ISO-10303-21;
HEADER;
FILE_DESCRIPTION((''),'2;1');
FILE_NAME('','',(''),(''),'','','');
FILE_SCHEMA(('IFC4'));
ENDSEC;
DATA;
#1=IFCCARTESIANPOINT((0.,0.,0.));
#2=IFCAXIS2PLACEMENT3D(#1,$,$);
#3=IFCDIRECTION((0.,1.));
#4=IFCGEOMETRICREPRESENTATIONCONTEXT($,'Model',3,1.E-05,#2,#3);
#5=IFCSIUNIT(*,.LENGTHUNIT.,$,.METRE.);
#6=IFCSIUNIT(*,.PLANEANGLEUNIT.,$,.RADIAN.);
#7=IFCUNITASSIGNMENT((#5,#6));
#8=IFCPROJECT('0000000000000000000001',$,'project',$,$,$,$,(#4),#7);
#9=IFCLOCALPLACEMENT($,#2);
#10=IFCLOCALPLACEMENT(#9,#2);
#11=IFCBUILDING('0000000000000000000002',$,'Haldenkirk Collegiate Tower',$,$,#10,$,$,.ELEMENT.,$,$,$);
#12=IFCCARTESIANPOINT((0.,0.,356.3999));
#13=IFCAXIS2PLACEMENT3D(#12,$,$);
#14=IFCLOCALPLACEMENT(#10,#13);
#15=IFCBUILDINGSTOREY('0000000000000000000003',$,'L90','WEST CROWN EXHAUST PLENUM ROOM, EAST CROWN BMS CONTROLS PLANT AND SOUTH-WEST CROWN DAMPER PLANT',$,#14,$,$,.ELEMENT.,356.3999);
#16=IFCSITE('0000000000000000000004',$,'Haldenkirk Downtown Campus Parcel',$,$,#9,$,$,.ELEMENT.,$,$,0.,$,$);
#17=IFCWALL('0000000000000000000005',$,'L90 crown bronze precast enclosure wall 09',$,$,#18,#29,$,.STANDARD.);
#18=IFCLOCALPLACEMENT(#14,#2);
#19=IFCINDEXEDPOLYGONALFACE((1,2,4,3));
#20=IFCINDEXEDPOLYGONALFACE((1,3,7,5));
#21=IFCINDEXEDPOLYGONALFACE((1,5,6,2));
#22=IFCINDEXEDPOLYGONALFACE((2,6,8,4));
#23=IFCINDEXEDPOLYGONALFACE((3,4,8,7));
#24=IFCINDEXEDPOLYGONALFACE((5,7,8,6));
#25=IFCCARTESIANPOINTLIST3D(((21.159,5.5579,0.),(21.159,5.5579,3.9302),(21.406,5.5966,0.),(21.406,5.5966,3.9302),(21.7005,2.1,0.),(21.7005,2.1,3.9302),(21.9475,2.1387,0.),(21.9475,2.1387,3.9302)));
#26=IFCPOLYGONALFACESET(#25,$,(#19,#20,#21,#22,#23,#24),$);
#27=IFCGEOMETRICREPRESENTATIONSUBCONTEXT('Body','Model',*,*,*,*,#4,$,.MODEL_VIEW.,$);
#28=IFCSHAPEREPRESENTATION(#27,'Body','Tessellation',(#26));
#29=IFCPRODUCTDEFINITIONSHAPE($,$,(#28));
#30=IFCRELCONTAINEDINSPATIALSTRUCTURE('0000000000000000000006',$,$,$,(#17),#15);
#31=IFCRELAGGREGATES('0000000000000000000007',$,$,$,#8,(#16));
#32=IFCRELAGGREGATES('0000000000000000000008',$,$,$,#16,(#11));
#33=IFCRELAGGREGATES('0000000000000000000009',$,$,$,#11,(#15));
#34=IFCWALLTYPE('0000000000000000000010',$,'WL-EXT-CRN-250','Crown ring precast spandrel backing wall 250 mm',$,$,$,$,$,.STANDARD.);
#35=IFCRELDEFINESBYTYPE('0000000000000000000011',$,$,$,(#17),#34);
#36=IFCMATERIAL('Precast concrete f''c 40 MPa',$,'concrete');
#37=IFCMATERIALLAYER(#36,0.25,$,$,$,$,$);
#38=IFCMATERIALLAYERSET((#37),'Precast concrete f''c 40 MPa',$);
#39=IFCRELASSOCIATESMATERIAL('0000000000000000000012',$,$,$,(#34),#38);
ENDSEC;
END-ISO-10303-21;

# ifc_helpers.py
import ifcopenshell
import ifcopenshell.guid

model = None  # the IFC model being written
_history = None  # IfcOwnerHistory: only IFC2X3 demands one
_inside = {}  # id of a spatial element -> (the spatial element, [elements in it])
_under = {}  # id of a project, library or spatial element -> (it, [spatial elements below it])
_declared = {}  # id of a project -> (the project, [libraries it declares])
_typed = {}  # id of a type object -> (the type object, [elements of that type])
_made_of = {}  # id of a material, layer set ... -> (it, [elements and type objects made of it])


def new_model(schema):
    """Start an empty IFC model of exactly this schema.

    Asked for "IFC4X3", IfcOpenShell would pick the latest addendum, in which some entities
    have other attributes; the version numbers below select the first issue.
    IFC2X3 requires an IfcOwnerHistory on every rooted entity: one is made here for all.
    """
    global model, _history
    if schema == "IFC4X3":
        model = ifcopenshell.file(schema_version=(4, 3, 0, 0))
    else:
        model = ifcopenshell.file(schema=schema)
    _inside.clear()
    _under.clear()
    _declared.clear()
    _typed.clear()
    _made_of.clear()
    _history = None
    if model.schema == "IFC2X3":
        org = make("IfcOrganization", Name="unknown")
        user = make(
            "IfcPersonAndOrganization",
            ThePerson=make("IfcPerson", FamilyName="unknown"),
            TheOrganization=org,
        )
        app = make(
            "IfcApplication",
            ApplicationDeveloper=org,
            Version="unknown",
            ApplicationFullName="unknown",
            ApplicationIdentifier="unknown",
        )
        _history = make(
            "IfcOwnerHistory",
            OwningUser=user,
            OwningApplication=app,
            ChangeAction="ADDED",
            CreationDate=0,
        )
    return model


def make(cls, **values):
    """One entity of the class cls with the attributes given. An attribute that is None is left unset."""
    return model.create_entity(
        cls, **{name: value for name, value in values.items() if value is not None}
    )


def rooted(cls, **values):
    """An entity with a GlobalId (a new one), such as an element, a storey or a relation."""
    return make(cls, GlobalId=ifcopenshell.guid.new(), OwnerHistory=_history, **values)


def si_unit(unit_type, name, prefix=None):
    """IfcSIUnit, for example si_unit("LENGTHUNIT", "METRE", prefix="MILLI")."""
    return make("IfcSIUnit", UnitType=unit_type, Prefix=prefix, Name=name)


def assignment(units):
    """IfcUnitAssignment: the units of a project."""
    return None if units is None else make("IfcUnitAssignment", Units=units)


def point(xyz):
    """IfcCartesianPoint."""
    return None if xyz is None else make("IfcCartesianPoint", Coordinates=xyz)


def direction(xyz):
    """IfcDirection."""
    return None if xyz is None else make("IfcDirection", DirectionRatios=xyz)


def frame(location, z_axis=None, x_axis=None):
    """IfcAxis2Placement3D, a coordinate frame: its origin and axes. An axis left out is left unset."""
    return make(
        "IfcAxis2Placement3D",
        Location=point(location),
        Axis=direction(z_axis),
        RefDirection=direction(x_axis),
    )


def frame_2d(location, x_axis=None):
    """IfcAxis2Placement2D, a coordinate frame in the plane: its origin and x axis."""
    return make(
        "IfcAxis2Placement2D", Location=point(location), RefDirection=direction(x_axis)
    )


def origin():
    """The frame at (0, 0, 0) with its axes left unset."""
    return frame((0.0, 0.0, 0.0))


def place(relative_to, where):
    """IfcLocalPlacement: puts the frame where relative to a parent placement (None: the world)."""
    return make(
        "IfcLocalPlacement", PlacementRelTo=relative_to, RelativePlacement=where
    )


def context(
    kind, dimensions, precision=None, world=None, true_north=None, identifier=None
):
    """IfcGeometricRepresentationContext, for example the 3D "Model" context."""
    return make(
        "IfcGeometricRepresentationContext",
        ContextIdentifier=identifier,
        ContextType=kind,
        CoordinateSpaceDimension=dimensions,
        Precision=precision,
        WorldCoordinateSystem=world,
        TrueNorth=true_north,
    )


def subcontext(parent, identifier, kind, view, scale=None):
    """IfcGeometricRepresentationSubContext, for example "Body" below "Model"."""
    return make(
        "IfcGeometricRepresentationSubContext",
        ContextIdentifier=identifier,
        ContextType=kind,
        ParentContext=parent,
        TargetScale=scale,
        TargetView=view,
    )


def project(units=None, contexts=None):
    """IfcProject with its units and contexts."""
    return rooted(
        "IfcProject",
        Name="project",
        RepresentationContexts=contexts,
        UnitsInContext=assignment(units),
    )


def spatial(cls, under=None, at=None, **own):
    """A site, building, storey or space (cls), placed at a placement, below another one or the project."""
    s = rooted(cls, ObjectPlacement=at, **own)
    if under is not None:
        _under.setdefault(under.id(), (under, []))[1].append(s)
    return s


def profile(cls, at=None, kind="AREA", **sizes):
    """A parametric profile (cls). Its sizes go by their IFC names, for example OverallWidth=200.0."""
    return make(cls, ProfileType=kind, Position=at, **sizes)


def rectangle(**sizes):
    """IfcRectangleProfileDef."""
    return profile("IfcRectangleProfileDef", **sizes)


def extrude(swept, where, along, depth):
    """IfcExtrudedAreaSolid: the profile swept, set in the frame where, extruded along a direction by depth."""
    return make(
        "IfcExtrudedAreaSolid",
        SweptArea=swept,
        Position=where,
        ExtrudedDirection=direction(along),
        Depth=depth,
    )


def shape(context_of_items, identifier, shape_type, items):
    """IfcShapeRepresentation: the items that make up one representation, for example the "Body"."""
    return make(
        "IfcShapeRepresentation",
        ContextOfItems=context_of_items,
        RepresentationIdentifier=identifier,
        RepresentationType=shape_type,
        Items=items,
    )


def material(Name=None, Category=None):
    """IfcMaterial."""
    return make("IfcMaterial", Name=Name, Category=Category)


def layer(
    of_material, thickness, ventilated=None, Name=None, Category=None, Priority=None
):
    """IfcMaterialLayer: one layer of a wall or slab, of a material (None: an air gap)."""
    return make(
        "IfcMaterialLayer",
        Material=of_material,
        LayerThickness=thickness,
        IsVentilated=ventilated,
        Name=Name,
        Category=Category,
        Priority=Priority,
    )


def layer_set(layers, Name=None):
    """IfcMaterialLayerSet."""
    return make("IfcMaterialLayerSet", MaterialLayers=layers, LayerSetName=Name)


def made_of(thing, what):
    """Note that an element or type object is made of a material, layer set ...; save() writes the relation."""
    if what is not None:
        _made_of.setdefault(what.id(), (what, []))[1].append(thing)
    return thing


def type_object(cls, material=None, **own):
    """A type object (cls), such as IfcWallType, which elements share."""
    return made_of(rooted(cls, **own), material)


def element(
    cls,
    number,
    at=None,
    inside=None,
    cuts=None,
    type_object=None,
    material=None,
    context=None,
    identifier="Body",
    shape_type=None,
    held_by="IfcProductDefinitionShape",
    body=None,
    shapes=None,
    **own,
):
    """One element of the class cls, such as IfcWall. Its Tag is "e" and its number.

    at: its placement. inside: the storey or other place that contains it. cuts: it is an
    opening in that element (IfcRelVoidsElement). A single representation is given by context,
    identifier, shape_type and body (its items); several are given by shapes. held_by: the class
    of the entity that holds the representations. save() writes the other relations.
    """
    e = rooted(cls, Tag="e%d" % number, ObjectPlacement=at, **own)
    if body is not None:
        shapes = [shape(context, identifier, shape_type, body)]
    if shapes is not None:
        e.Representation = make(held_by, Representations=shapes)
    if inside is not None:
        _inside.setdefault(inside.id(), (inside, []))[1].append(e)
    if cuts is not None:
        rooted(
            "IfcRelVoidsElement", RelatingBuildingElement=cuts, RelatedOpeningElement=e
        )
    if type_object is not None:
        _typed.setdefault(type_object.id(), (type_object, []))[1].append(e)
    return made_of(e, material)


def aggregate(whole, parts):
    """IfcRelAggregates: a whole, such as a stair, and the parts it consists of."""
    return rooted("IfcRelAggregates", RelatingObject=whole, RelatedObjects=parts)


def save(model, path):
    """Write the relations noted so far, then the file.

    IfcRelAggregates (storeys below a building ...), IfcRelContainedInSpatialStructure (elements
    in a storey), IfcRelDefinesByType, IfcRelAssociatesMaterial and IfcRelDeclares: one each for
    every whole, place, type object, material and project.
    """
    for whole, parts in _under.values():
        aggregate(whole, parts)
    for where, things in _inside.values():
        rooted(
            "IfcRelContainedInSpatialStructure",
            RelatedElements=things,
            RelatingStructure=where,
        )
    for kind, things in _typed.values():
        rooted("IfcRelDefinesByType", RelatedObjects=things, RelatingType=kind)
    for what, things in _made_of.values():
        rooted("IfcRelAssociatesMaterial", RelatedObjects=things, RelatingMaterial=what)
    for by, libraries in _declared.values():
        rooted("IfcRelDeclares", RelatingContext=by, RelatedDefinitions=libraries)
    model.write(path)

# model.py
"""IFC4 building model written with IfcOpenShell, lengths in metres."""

from ifc_helpers import new_model, si_unit, direction, frame, frame_2d, origin, place, context, subcontext, project, spatial, rectangle, extrude, material, layer, layer_set, type_object, element, save


model = new_model("IFC4")

# Units and contexts
model_context = context("Model", 3, precision=1e-05, world=origin(), true_north=direction((0.0, 1.0)))
body_context = subcontext(model_context, "Body", "Model", "MODEL_VIEW")
ifc_project = project(units=[si_unit("LENGTHUNIT", "METRE"), si_unit("PLANEANGLEUNIT", "RADIAN")], contexts=[model_context])

# Site, building, storey
site_placement = place(None, origin())
site = spatial("IfcSite", under=ifc_project, at=site_placement, Name="Haldenkirk Downtown Campus Parcel", CompositionType="ELEMENT", RefElevation=0.0)
building_placement = place(site_placement, origin())
building = spatial("IfcBuilding", under=site, at=building_placement, Name="Haldenkirk Collegiate Tower", CompositionType="ELEMENT")
storey_placement = place(building_placement, frame((0.0, 0.0, 356.3999)))
storey = spatial("IfcBuildingStorey", under=building, at=storey_placement, Name="L90", Description="WEST CROWN EXHAUST PLENUM ROOM, EAST CROWN BMS CONTROLS PLANT AND SOUTH-WEST CROWN DAMPER PLANT", CompositionType="ELEMENT", Elevation=356.3999)

# Wall
ifc_material_1 = material(Name="Precast concrete f'c 40 MPa", Category="concrete")
ifc_layer_1 = layer(ifc_material_1, 0.25)
ifc_layer_set_1 = layer_set([ifc_layer_1], Name="Precast concrete f'c 40 MPa")
wall_type = type_object("IfcWallType", Name="WL-EXT-CRN-250", Description="Crown ring precast spandrel backing wall 250 mm", PredefinedType="STANDARD", material=ifc_layer_set_1)
wall_placement = place(storey_placement, frame((21.824, 2.1194, 0.0), z_axis=(0.0, 0.0, 1.0), x_axis=(-0.154719, 0.987958, 0.0)))
element("IfcWall", 1, at=wall_placement, inside=storey, type_object=wall_type, Name="L90 crown bronze precast enclosure wall 09", PredefinedType="STANDARD", context=body_context, shape_type="SweptSolid", body=[
    extrude(rectangle(XDim=3.5, YDim=0.25, at=frame_2d((1.75, 0.0))), origin(), (0.0, 0.0, 1.0), 3.9302),
])

save(model, "model.ifc")
